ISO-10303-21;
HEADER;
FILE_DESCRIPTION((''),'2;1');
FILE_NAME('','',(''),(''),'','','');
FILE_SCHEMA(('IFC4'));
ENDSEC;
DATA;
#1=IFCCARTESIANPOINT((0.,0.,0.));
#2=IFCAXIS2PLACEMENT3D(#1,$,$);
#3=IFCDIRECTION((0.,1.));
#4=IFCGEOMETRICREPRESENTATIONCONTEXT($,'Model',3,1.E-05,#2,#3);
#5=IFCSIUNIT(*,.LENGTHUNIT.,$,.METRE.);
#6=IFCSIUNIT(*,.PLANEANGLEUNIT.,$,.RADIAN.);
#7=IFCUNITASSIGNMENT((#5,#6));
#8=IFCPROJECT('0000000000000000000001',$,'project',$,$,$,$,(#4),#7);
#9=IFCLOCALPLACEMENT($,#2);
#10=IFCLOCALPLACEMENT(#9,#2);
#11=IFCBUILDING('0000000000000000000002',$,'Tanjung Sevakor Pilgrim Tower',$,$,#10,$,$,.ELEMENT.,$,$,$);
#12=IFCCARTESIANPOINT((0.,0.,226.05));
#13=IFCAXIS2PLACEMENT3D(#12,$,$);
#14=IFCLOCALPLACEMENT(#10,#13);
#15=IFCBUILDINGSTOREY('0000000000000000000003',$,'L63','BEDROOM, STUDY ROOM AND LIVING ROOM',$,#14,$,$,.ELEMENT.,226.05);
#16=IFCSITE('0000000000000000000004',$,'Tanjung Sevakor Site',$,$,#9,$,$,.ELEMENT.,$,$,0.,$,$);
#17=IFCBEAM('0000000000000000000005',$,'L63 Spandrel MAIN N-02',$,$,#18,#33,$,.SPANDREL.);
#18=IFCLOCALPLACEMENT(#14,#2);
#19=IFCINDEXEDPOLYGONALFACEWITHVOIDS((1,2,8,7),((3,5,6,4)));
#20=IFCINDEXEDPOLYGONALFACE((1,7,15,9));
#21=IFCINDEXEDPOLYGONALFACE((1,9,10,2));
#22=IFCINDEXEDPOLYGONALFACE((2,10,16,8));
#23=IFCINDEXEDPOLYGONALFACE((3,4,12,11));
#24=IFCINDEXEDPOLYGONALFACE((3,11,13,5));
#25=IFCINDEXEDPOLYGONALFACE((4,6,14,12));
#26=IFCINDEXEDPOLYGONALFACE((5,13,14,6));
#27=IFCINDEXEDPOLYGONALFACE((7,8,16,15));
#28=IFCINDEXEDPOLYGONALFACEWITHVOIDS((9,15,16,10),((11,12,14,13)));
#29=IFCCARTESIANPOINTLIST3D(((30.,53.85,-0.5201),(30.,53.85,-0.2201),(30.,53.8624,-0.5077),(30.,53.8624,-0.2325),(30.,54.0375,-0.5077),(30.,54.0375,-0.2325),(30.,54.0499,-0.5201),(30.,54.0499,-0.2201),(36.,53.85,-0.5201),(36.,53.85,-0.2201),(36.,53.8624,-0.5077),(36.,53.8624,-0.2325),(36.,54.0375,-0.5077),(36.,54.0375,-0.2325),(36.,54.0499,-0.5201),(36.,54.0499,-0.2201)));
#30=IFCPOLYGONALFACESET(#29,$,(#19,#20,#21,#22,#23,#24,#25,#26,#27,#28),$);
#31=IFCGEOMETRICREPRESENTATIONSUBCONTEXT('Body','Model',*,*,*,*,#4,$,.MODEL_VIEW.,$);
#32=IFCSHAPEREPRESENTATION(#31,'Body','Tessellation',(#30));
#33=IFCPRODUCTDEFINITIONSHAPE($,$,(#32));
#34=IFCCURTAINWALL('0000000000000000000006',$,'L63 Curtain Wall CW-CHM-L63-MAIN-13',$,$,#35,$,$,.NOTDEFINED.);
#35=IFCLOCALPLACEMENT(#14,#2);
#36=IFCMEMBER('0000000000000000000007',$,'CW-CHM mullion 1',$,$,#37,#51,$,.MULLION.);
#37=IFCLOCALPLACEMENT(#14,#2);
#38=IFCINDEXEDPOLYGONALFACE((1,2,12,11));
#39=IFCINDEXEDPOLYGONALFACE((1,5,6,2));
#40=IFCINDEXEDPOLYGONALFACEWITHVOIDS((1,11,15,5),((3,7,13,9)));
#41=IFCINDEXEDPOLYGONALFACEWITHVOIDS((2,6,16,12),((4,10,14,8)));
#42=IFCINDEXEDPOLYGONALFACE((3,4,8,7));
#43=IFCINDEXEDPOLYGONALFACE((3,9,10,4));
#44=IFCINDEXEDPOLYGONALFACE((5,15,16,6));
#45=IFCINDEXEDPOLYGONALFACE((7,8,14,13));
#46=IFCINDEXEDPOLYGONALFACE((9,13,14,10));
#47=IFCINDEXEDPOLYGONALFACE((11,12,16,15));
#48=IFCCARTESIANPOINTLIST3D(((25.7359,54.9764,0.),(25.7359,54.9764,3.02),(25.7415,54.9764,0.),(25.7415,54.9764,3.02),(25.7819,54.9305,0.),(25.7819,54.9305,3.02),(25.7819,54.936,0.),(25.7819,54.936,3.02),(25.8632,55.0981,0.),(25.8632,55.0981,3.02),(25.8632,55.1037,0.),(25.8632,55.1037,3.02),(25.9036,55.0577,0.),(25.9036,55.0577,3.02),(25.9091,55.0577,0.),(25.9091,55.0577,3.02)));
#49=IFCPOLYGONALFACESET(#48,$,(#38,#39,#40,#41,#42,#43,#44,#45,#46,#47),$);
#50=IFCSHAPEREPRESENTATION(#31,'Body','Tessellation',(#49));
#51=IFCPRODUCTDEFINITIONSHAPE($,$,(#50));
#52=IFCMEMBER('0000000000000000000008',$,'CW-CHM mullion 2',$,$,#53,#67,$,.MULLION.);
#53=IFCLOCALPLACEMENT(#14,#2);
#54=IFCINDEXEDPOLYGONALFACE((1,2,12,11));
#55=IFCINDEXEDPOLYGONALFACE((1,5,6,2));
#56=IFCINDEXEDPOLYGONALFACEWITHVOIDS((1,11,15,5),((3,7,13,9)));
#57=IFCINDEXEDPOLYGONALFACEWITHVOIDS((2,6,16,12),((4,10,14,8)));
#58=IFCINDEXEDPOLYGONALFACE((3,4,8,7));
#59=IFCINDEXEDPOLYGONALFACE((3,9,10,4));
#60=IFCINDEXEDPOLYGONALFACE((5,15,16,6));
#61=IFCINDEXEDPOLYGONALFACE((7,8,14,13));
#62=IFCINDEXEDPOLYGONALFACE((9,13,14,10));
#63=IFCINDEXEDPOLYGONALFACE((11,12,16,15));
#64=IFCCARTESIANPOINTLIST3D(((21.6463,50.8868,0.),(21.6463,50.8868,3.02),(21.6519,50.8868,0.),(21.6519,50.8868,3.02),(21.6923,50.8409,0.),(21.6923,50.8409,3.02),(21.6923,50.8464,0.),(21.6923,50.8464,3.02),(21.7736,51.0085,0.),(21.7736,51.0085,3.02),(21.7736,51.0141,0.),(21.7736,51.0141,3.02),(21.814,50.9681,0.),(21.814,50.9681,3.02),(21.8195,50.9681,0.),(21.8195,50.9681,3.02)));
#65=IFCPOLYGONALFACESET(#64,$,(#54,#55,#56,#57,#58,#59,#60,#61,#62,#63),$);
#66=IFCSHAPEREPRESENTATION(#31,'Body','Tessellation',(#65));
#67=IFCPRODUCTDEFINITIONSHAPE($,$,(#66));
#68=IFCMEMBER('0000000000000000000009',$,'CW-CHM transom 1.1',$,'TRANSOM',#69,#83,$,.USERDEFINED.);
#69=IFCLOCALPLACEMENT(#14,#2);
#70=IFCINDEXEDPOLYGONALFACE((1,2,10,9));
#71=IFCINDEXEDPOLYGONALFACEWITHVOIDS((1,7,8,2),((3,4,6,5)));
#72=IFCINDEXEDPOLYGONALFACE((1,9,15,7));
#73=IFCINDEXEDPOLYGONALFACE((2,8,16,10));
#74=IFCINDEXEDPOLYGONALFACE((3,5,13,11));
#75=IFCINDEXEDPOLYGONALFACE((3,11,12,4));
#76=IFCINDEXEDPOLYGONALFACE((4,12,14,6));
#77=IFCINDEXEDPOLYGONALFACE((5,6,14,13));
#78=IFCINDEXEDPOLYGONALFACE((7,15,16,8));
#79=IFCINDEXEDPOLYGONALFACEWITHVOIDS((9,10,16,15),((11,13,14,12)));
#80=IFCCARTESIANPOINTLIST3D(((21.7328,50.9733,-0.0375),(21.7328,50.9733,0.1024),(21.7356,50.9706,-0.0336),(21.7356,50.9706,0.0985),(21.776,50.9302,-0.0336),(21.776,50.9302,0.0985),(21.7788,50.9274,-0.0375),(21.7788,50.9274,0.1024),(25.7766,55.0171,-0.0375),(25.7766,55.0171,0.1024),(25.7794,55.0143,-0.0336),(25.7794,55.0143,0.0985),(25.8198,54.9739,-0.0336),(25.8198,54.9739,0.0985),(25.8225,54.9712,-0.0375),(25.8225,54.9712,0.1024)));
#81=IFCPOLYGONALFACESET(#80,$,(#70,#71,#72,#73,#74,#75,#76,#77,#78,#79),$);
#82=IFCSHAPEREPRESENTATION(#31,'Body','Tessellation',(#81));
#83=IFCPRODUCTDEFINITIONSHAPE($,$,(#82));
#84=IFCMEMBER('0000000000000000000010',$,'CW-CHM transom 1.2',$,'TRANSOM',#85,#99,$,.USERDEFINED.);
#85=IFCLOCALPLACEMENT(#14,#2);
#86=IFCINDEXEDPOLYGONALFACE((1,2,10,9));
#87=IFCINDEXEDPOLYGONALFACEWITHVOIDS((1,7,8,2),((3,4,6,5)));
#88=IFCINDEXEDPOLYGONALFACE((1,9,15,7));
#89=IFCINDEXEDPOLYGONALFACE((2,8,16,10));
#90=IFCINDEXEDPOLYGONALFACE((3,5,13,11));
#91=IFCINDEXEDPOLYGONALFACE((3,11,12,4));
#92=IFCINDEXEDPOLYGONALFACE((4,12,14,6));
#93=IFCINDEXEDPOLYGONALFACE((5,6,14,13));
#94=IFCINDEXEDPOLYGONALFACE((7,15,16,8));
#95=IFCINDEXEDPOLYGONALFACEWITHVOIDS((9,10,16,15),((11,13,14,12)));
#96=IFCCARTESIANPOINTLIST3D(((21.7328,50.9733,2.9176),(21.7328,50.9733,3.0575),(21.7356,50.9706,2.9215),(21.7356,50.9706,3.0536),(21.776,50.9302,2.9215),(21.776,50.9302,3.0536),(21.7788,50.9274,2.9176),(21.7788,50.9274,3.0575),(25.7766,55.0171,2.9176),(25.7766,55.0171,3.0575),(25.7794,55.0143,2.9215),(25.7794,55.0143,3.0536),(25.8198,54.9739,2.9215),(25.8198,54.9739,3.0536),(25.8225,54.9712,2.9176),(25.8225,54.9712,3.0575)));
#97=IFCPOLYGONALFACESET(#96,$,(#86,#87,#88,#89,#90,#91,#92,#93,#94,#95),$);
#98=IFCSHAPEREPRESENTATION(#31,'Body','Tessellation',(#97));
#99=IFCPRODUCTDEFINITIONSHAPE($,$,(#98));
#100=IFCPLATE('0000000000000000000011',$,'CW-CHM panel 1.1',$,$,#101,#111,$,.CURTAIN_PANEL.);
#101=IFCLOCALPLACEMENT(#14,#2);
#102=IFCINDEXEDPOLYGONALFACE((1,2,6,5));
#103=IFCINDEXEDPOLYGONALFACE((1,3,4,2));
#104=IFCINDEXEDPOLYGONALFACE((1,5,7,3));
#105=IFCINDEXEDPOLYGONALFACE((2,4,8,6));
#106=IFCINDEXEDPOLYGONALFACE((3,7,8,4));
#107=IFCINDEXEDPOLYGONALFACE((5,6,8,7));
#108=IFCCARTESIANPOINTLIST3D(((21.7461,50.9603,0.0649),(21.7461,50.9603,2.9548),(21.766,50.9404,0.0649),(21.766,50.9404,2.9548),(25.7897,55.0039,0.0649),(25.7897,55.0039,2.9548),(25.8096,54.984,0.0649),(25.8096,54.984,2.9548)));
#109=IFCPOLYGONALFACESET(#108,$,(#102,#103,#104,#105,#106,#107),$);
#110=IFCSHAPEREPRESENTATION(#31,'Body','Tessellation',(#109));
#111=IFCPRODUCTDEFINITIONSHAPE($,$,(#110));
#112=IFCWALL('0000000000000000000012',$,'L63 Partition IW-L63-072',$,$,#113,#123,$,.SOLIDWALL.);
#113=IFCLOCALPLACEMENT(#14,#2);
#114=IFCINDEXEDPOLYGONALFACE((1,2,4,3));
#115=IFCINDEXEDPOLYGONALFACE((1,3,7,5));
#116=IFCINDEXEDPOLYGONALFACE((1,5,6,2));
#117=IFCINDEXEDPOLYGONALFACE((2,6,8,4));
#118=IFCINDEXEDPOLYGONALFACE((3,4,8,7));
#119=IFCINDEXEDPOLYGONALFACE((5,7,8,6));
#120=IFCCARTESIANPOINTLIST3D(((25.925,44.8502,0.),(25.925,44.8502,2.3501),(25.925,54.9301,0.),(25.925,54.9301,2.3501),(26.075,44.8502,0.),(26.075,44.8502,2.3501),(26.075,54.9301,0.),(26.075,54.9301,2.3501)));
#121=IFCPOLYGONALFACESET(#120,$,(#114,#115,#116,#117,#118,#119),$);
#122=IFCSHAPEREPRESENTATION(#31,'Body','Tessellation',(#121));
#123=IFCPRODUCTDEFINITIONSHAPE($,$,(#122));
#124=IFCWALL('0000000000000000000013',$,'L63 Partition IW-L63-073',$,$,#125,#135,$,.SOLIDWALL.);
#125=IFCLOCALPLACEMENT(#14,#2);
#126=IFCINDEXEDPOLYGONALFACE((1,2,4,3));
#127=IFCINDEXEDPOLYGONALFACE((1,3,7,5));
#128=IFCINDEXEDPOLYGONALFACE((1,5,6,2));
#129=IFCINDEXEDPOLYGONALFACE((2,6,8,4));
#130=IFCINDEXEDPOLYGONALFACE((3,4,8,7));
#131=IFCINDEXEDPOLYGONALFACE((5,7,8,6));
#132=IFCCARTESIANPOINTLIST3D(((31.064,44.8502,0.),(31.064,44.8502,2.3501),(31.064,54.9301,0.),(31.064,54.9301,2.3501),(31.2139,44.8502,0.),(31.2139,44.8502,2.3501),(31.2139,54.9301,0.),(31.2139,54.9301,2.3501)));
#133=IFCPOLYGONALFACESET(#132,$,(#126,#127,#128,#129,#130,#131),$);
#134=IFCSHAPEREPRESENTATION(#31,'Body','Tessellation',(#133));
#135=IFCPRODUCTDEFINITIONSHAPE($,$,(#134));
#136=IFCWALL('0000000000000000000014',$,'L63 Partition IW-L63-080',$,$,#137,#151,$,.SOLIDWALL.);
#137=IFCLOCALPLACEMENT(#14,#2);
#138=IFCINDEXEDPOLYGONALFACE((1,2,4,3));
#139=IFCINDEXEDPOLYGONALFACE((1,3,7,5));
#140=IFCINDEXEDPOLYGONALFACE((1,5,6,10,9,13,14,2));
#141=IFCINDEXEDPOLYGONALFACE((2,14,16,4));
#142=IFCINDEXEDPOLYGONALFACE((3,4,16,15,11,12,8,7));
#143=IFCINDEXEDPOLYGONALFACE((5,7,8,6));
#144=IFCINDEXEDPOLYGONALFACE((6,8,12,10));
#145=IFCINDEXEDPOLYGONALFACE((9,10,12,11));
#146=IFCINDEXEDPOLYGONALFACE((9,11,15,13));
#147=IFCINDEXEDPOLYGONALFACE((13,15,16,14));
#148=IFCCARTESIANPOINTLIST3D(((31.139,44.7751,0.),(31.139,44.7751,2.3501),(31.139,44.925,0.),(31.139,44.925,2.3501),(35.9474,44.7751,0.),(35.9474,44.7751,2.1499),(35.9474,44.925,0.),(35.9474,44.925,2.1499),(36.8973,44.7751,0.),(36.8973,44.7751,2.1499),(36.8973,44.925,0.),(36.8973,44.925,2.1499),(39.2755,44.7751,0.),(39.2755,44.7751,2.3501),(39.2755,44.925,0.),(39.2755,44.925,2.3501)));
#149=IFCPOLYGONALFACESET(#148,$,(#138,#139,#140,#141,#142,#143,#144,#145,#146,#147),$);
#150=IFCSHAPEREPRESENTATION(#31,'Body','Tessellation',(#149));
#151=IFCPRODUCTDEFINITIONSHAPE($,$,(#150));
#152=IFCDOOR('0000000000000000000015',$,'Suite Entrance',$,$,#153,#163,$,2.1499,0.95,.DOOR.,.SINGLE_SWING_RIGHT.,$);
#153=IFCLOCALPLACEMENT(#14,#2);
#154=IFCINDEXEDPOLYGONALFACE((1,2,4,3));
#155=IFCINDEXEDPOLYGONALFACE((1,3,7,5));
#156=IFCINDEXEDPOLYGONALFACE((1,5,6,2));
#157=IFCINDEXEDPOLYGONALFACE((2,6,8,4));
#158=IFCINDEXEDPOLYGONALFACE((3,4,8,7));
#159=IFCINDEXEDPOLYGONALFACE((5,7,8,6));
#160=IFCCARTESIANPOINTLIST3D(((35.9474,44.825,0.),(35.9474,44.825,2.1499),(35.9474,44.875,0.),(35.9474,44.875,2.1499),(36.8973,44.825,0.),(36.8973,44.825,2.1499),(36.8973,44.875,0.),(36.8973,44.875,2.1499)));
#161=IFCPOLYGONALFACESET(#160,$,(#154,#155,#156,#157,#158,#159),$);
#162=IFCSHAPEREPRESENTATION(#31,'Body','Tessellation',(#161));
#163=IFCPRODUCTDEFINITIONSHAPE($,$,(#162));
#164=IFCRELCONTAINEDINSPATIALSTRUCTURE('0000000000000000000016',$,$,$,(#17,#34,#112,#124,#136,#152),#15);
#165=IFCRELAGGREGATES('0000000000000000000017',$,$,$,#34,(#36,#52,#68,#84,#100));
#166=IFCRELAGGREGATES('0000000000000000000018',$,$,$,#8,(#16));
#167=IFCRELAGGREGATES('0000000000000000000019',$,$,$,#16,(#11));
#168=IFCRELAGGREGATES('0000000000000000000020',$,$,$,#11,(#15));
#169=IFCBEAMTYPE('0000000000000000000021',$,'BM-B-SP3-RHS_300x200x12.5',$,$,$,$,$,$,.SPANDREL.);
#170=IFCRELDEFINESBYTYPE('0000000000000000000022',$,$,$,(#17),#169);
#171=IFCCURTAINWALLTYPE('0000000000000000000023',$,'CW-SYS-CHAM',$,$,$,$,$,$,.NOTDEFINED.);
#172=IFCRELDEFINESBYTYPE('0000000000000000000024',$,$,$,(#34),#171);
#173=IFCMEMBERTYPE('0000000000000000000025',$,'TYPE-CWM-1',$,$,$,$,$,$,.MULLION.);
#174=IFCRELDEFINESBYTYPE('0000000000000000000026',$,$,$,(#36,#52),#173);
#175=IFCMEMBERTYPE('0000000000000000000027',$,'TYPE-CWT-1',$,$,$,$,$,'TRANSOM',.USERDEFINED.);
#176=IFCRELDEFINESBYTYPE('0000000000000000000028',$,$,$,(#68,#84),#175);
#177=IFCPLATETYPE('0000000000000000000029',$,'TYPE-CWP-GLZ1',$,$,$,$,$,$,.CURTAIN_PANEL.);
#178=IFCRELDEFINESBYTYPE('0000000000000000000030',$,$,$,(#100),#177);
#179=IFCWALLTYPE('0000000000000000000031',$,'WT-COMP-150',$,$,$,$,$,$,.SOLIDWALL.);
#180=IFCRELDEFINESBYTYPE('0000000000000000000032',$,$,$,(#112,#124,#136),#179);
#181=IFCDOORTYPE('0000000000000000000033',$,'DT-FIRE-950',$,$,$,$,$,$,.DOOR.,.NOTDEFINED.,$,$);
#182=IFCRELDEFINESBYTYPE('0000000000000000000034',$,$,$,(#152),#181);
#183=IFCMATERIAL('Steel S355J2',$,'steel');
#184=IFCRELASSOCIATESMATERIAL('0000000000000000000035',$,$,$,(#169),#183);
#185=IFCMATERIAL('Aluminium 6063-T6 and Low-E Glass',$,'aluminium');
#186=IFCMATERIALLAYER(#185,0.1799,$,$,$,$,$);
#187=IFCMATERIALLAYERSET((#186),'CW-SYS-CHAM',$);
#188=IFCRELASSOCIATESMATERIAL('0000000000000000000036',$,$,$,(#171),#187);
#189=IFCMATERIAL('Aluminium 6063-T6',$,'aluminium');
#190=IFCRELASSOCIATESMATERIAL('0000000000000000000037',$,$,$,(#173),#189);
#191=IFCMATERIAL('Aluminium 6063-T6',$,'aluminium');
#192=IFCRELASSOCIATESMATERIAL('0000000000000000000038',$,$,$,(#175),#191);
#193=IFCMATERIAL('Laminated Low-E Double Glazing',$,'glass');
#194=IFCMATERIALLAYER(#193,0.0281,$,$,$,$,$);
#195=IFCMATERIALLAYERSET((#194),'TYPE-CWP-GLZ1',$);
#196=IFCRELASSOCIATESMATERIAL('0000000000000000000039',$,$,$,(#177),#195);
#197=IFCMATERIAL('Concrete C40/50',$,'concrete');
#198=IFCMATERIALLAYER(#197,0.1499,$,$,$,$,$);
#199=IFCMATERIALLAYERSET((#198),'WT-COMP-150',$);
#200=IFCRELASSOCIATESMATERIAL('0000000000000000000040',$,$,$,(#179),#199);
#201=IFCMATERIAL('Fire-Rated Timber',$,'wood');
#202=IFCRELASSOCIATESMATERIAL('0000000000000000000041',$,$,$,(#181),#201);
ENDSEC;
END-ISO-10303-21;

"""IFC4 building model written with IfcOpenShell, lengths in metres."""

from ifc_helpers import new_model, si_unit, direction, frame, frame_2d, origin, origin_2d, place, context, subcontext, project, spatial, rectangle, hollow_rectangle, extrude, material, layer, layer_set, material_profile, profile_set, type_object, element, fill, aggregate, save


model = new_model("IFC4")

# Units and contexts
model_context = context("Model", 3, precision=1e-05, world=origin(), true_north=direction((0.0, 1.0)))
body_context = subcontext(model_context, "Body", "Model", "MODEL_VIEW")
ifc_project = project(units=[si_unit("LENGTHUNIT", "METRE"), si_unit("PLANEANGLEUNIT", "RADIAN")], contexts=[model_context])

# Site, building, storey
site_placement = place(None, origin())
site = spatial("IfcSite", under=ifc_project, at=site_placement, Name="Tanjung Sevakor Site", CompositionType="ELEMENT", RefElevation=0.0)
building_placement = place(site_placement, origin())
building = spatial("IfcBuilding", under=site, at=building_placement, Name="Tanjung Sevakor Pilgrim Tower", CompositionType="ELEMENT")
storey_placement = place(building_placement, frame((0.0, 0.0, 226.05)))
storey = spatial("IfcBuildingStorey", under=building, at=storey_placement, Name="L63", Description="BEDROOM, STUDY ROOM AND LIVING ROOM", CompositionType="ELEMENT", Elevation=226.05)

# Beam
ifc_material_1 = material(Name="Steel S355J2", Category="steel")
ifc_material_profile_1 = material_profile(ifc_material_1, hollow_rectangle(XDim=0.2, YDim=0.3, WallThickness=0.0125, at=origin_2d()))
ifc_profile_set_1 = profile_set([ifc_material_profile_1], Name="Steel S355J2")
beam_type_1 = type_object("IfcBeamType", Name="BM-B-SP3-RHS_300x200x12.5", PredefinedType="SPANDREL", material=ifc_profile_set_1)
beam_1_placement = place(storey_placement, frame((30.0, 53.95, -0.3701), z_axis=(1.0, 0.0, 0.0), x_axis=(0.0, 1.0, 0.0)))
element("IfcBeam", 1, at=beam_1_placement, inside=storey, type_object=beam_type_1, Name="L63 Spandrel MAIN N-02", PredefinedType="SPANDREL", context=body_context, shape_type="SweptSolid", body=[
    extrude(hollow_rectangle(XDim=0.2, YDim=0.3, WallThickness=0.0125, at=origin_2d()), origin(), (0.0, 0.0, 1.0), 6.0),
])

# Curtain wall, members, plate
ifc_material_2 = material(Name="Aluminium 6063-T6 and Low-E Glass", Category="aluminium")
ifc_layer_1 = layer(ifc_material_2, 0.1799)
ifc_layer_set_1 = layer_set([ifc_layer_1], Name="CW-SYS-CHAM")
curtain_wall_type = type_object("IfcCurtainWallType", Name="CW-SYS-CHAM", PredefinedType="NOTDEFINED", material=ifc_layer_set_1)
curtain_wall_placement = place(storey_placement, origin())
curtain_wall = element("IfcCurtainWall", 2, at=curtain_wall_placement, inside=storey, type_object=curtain_wall_type, Name="L63 Curtain Wall CW-CHM-L63-MAIN-13", PredefinedType="NOTDEFINED")
ifc_material_3 = material(Name="Aluminium 6063-T6", Category="aluminium")
ifc_material_profile_2 = material_profile(ifc_material_3, hollow_rectangle(XDim=0.0649, YDim=0.1799, WallThickness=0.0039, at=origin_2d()))
ifc_profile_set_2 = profile_set([ifc_material_profile_2], Name="Aluminium 6063-T6")
member_type_1 = type_object("IfcMemberType", Name="TYPE-CWM-1", PredefinedType="MULLION", material=ifc_profile_set_2)
member_1_placement = place(storey_placement, frame((25.8225, 55.0171, 0.0), z_axis=(0.0, 0.0, 1.0), x_axis=(0.707107, -0.707107, 0.0)))
member_1 = element("IfcMember", 3, at=member_1_placement, type_object=member_type_1, Name="CW-CHM mullion 1", PredefinedType="MULLION", context=body_context, shape_type="SweptSolid", body=[
    extrude(hollow_rectangle(XDim=0.0649, YDim=0.1799, WallThickness=0.0039, at=origin_2d()), origin(), (0.0, 0.0, 1.0), 3.02),
])
member_2_placement = place(storey_placement, frame((21.7329, 50.9275, 0.0), z_axis=(0.0, 0.0, 1.0), x_axis=(0.707107, -0.707107, 0.0)))
member_2 = element("IfcMember", 4, at=member_2_placement, type_object=member_type_1, Name="CW-CHM mullion 2", PredefinedType="MULLION", context=body_context, shape_type="SweptSolid", body=[
    extrude(hollow_rectangle(XDim=0.0649, YDim=0.1799, WallThickness=0.0039, at=origin_2d()), origin(), (0.0, 0.0, 1.0), 3.02),
])
ifc_material_4 = material(Name="Aluminium 6063-T6", Category="aluminium")
ifc_material_profile_3 = material_profile(ifc_material_4, hollow_rectangle(XDim=0.0649, YDim=0.1399, WallThickness=0.0039, at=origin_2d()))
ifc_profile_set_3 = profile_set([ifc_material_profile_3], Name="Aluminium 6063-T6")
member_type_2 = type_object("IfcMemberType", Name="TYPE-CWT-1", ElementType="TRANSOM", PredefinedType="USERDEFINED", material=ifc_profile_set_3)
member_3_placement = place(storey_placement, frame((25.7996, 54.9941, 0.0325), z_axis=(-0.707107, -0.707107, 0.0), x_axis=(0.707107, -0.707107, 0.0)))
member_3 = element("IfcMember", 5, at=member_3_placement, type_object=member_type_2, Name="CW-CHM transom 1.1", ObjectType="TRANSOM", PredefinedType="USERDEFINED", context=body_context, shape_type="SweptSolid", body=[
    extrude(hollow_rectangle(XDim=0.0649, YDim=0.1399, WallThickness=0.0039, at=origin_2d()), origin(), (0.0, 0.0, 1.0), 5.7188),
])
member_4_placement = place(storey_placement, frame((25.7996, 54.9941, 2.9875), z_axis=(-0.707107, -0.707107, 0.0), x_axis=(0.707107, -0.707107, 0.0)))
member_4 = element("IfcMember", 6, at=member_4_placement, type_object=member_type_2, Name="CW-CHM transom 1.2", ObjectType="TRANSOM", PredefinedType="USERDEFINED", context=body_context, shape_type="SweptSolid", body=[
    extrude(hollow_rectangle(XDim=0.0649, YDim=0.1399, WallThickness=0.0039, at=origin_2d()), origin(), (0.0, 0.0, 1.0), 5.7188),
])
ifc_material_5 = material(Name="Laminated Low-E Double Glazing", Category="glass")
ifc_layer_2 = layer(ifc_material_5, 0.0281)
ifc_layer_set_2 = layer_set([ifc_layer_2], Name="TYPE-CWP-GLZ1")
plate_type = type_object("IfcPlateType", Name="TYPE-CWP-GLZ1", PredefinedType="CURTAIN_PANEL", material=ifc_layer_set_2)
plate_placement = place(storey_placement, frame((23.7778, 52.9722, 0.0649), z_axis=(0.0, 0.0, 1.0), x_axis=(-0.707107, -0.707107, 0.0)))
plate = element("IfcPlate", 7, at=plate_placement, type_object=plate_type, Name="CW-CHM panel 1.1", PredefinedType="CURTAIN_PANEL", context=body_context, shape_type="SweptSolid", body=[
    extrude(rectangle(XDim=5.7185, YDim=0.0281, at=origin_2d()), origin(), (0.0, 0.0, 1.0), 2.8899),
])
aggregate(curtain_wall, [member_1, member_2, member_3, member_4, plate])

# Walls
ifc_material_6 = material(Name="Concrete C40/50", Category="concrete")
ifc_layer_3 = layer(ifc_material_6, 0.1499)
ifc_layer_set_3 = layer_set([ifc_layer_3], Name="WT-COMP-150")
wall_type_1 = type_object("IfcWallType", Name="WT-COMP-150", PredefinedType="SOLIDWALL", material=ifc_layer_set_3)
for number, where, z_axis, x_axis, name in (
    (8, (26.0, 44.8501, 0.0), (0.0, 0.0, 1.0), (0.0, 1.0, 0.0), "L63 Partition IW-L63-072"),
    (9, (31.1389, 44.8501, 0.0), (0.0, 0.0, 1.0), (0.0, 1.0, 0.0), "L63 Partition IW-L63-073"),
):
    element("IfcWall", number, at=place(storey_placement, frame(where, z_axis=z_axis, x_axis=x_axis)), inside=storey, type_object=wall_type_1, Name=name, PredefinedType="SOLIDWALL", context=body_context, shape_type="SweptSolid", body=[
        extrude(rectangle(XDim=10.0798, YDim=0.1499, at=frame_2d((5.04, 0.0))), origin(), (0.0, 0.0, 1.0), 2.3501),
    ])

# Wall, opening, door
wall_1_placement = place(storey_placement, frame((31.1389, 44.8501, 0.0), z_axis=(0.0, 0.0, 1.0), x_axis=(1.0, 0.0, 0.0)))
wall_1 = element("IfcWall", 10, at=wall_1_placement, inside=storey, type_object=wall_type_1, Name="L63 Partition IW-L63-080", PredefinedType="SOLIDWALL", context=body_context, shape_type="SweptSolid", body=[
    extrude(rectangle(XDim=8.1365, YDim=0.1499, at=frame_2d((4.0684, 0.0))), origin(), (0.0, 0.0, 1.0), 2.3501),
])
opening_1_placement = place(wall_1_placement, frame((4.8083, 0.0, 0.0)))
opening_1 = element("IfcOpeningElement", 11, at=opening_1_placement, cuts=wall_1, PredefinedType="OPENING", context=body_context, shape_type="SweptSolid", body=[
    extrude(rectangle(XDim=0.95, YDim=2.1499, at=frame_2d((0.4751, 1.075))), frame((0.0, 0.085, 0.0), z_axis=(0.0, -1.0, 0.0), x_axis=(1.0, 0.0, 0.0)), (0.0, 0.0, 1.0), 0.1699),
])
ifc_material_7 = material(Name="Fire-Rated Timber", Category="wood")
door_type_1 = type_object("IfcDoorType", Name="DT-FIRE-950", OperationType="NOTDEFINED", PredefinedType="DOOR", material=ifc_material_7)
door_1_placement = place(opening_1_placement, origin())
door_1 = element("IfcDoor", 12, at=door_1_placement, inside=storey, type_object=door_type_1, Name="Suite Entrance", OperationType="SINGLE_SWING_RIGHT", OverallHeight=2.1499, OverallWidth=0.95, PredefinedType="DOOR", context=body_context, shape_type="SweptSolid", body=[
    extrude(rectangle(XDim=0.95, YDim=2.1499, at=frame_2d((0.4751, 1.075))), frame((0.0, 0.0249, 0.0), z_axis=(0.0, -1.0, 0.0), x_axis=(1.0, 0.0, 0.0)), (0.0, 0.0, 1.0), 0.05),
])
fill(opening_1, door_1)

save(model, "model.ifc")
